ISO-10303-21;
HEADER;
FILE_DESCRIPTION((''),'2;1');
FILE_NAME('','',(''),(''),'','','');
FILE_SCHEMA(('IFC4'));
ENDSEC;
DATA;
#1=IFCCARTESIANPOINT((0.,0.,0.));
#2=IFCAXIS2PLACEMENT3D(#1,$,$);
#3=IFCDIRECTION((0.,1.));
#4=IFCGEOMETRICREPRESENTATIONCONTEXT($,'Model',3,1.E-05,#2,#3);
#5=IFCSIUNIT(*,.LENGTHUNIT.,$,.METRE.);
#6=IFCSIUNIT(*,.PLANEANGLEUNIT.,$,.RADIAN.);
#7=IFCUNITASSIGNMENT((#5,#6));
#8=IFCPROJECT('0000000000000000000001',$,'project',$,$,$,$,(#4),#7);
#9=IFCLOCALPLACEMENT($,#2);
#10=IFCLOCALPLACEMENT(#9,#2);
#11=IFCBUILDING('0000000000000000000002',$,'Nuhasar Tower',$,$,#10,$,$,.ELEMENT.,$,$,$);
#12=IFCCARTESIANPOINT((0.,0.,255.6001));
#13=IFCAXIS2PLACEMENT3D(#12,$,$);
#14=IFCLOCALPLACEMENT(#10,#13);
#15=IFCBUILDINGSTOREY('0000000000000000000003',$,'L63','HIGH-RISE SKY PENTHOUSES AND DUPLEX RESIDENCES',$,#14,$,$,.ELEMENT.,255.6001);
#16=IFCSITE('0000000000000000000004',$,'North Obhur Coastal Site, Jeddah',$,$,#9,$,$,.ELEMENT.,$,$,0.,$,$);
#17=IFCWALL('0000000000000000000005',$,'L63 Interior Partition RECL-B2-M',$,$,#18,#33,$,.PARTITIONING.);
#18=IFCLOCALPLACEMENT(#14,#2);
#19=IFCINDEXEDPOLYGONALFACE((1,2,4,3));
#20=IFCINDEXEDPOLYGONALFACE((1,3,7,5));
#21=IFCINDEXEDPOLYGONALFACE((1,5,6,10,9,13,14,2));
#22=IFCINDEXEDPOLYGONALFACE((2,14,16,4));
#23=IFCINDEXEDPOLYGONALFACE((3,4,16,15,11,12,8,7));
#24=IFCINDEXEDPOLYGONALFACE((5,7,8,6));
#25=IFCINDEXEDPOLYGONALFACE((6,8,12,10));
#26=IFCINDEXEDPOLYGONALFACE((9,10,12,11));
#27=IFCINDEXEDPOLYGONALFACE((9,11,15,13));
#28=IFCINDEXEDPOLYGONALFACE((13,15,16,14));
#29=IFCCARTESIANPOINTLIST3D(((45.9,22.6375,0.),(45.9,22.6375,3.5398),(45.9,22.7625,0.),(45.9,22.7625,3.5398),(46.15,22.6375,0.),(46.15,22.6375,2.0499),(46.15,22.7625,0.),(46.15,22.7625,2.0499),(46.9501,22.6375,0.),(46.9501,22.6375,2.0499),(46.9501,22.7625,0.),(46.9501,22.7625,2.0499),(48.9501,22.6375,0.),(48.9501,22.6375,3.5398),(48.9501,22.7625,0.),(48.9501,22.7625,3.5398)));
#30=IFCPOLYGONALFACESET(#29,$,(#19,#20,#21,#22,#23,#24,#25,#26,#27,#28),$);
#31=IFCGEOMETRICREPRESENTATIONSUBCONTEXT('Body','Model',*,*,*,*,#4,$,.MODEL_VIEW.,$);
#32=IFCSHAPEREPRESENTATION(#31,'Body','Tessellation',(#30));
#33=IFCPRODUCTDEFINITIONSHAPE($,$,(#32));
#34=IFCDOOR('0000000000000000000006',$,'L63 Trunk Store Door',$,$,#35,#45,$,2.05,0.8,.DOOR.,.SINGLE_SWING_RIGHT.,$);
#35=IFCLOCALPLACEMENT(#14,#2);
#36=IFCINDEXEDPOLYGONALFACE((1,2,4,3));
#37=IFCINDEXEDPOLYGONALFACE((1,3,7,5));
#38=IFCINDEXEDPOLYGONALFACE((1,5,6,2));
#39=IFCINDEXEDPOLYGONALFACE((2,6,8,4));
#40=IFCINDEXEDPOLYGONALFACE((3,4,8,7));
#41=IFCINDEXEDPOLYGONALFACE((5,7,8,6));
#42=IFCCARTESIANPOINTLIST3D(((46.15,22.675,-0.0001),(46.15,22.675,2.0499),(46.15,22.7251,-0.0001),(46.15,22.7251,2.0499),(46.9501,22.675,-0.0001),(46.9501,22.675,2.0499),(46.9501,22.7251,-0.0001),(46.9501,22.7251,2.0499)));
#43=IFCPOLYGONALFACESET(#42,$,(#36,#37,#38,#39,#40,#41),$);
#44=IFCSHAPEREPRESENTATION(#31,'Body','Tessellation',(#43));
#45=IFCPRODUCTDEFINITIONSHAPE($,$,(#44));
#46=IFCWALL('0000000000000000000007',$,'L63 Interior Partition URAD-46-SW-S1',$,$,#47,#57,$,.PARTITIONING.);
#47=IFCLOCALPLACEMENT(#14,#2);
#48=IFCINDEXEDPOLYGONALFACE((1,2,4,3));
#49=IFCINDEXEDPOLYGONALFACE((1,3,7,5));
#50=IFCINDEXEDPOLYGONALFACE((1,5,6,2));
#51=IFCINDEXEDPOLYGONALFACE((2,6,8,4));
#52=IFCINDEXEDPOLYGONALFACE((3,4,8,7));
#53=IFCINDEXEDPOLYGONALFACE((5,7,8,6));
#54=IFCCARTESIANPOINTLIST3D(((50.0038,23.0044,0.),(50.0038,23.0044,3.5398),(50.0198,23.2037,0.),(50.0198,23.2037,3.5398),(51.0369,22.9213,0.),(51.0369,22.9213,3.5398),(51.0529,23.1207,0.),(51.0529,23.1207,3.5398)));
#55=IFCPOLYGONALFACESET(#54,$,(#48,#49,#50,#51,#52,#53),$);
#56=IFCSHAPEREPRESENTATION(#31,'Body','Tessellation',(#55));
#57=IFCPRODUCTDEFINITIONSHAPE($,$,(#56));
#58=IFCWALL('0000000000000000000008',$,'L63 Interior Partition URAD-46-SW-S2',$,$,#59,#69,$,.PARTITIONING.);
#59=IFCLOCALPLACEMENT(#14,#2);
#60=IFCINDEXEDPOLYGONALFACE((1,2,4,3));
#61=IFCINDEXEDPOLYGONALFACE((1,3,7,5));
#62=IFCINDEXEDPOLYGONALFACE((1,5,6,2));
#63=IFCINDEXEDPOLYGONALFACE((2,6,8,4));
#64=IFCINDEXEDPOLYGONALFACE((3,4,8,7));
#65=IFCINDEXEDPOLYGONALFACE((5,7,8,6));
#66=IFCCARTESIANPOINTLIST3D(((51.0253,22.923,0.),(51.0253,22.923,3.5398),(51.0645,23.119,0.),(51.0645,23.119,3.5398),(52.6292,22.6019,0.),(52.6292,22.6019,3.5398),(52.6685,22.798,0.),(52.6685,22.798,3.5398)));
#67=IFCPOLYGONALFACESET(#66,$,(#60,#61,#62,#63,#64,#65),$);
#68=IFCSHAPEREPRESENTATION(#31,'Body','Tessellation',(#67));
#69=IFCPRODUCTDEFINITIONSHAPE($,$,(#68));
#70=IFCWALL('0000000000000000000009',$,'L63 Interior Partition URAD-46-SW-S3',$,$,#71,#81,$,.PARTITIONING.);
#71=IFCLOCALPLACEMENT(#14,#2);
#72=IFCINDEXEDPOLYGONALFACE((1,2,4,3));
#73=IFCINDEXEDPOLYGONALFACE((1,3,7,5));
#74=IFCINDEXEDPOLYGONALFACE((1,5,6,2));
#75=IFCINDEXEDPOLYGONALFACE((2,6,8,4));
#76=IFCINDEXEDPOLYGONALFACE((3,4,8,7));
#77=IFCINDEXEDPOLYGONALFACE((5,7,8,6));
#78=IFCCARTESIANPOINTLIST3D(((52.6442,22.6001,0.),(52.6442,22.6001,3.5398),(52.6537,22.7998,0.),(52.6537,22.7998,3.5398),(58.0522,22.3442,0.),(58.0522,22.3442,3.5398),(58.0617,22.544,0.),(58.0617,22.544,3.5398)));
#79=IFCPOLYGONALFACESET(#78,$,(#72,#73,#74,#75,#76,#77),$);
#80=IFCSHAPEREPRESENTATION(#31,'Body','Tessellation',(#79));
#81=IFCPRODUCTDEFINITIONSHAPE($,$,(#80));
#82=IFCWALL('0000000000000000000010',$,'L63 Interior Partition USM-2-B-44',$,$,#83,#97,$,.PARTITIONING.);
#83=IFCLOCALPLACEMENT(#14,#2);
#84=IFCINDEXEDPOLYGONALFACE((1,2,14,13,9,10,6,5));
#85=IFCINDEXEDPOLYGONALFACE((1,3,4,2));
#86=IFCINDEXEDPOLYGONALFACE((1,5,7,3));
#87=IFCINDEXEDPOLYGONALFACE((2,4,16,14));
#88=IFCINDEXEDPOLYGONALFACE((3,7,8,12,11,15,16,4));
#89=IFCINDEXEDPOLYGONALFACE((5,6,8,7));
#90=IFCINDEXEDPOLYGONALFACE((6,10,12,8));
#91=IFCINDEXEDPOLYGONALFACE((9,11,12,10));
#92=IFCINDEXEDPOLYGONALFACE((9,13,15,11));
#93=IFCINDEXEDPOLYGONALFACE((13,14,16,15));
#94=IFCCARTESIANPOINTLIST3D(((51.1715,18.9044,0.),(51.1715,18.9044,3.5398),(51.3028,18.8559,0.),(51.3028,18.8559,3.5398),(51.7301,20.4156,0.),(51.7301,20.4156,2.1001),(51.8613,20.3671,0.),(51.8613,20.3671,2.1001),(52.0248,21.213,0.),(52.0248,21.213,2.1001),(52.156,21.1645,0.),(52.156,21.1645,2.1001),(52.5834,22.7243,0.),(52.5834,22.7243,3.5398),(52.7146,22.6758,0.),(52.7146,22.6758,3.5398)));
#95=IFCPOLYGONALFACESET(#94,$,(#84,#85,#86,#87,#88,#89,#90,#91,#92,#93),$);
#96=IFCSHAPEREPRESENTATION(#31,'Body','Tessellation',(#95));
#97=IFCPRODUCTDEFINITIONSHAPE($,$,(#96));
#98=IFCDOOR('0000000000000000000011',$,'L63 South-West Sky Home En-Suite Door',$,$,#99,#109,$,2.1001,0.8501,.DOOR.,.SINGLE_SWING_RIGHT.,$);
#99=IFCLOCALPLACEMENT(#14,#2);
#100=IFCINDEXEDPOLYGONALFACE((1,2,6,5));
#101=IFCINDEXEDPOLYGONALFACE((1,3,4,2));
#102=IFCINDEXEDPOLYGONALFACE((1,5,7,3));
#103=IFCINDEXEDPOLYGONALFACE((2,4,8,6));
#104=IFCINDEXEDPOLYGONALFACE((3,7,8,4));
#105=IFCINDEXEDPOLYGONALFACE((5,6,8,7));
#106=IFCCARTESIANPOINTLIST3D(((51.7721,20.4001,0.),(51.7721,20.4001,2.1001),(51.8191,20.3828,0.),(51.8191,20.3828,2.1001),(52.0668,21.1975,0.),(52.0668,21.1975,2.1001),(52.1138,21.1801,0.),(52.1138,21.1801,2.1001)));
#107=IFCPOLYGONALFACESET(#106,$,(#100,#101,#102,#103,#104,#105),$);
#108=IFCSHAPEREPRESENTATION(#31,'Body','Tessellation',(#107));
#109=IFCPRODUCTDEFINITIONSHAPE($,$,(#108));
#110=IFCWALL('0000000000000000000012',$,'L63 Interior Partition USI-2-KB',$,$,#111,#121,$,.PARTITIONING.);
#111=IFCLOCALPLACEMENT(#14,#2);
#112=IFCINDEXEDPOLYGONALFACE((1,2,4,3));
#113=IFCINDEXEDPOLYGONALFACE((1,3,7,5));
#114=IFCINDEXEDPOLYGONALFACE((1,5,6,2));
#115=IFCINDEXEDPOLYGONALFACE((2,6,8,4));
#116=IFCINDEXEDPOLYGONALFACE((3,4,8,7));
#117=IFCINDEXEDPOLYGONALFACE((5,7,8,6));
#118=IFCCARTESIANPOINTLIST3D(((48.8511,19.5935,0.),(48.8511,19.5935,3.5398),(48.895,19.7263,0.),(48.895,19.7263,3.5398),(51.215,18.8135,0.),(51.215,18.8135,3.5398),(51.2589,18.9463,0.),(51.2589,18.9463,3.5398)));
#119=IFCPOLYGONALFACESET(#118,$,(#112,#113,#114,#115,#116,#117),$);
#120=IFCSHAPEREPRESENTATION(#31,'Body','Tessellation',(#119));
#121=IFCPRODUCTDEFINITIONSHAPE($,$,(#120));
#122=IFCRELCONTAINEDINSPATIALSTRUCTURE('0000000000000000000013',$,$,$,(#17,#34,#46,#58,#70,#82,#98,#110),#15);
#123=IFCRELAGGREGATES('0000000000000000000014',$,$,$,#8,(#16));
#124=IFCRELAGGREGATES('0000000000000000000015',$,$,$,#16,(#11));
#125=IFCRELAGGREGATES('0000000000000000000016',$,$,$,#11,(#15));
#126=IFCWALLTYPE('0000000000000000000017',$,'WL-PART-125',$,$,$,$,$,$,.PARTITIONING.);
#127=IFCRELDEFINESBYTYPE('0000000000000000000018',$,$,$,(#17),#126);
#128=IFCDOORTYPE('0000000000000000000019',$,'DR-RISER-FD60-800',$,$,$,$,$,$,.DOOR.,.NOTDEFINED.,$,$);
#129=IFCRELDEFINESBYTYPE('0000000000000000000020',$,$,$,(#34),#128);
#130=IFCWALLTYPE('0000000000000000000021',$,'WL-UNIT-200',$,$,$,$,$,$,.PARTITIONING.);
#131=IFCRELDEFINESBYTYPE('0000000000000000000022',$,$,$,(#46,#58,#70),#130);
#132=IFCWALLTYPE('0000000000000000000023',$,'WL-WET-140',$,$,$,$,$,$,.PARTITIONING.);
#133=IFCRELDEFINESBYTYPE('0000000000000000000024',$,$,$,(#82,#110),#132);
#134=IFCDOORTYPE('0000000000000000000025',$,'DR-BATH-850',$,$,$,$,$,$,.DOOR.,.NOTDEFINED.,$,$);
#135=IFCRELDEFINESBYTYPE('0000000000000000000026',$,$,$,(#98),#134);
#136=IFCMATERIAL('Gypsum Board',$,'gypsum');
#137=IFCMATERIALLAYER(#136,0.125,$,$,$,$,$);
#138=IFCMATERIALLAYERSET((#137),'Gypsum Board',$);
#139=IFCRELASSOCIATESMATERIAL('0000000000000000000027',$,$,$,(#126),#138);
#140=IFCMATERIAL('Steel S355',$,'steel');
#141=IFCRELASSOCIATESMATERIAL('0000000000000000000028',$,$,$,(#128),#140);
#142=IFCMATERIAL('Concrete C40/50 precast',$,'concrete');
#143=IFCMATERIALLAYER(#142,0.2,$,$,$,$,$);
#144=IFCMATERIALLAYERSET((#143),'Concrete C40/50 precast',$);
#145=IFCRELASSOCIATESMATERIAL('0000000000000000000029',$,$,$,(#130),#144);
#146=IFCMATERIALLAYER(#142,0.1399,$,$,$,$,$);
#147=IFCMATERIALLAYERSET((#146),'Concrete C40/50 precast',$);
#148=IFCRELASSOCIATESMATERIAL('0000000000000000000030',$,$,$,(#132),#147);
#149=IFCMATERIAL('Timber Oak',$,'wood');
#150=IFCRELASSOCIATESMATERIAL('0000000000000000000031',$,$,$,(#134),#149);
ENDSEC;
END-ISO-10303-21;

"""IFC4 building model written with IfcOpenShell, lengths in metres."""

from ifc_helpers import new_model, si_unit, direction, frame, frame_2d, origin, place, context, subcontext, project, spatial, rectangle, extrude, material, layer, layer_set, type_object, element, fill, save


model = new_model("IFC4")

# Units and contexts
model_context = context("Model", 3, precision=1e-05, world=origin(), true_north=direction((0.0, 1.0)))
body_context = subcontext(model_context, "Body", "Model", "MODEL_VIEW")
ifc_project = project(units=[si_unit("LENGTHUNIT", "METRE"), si_unit("PLANEANGLEUNIT", "RADIAN")], contexts=[model_context])

# Site, building, storey
site_placement = place(None, origin())
site = spatial("IfcSite", under=ifc_project, at=site_placement, Name="North Obhur Coastal Site, Jeddah", CompositionType="ELEMENT", RefElevation=0.0)
building_placement = place(site_placement, origin())
building = spatial("IfcBuilding", under=site, at=building_placement, Name="Nuhasar Tower", CompositionType="ELEMENT")
storey_placement = place(building_placement, frame((0.0, 0.0, 255.6001)))
storey = spatial("IfcBuildingStorey", under=building, at=storey_placement, Name="L63", Description="HIGH-RISE SKY PENTHOUSES AND DUPLEX RESIDENCES", CompositionType="ELEMENT", Elevation=255.6001)

# Shared definitions
ifc_material_1 = material(Name="Steel S355", Category="steel")

# Shared definitions
ifc_material_2 = material(Name="Gypsum Board", Category="gypsum")

# Shared definitions
ifc_material_3 = material(Name="Timber Oak", Category="wood")

# Wall, opening, door
ifc_layer_1 = layer(ifc_material_2, 0.125)
ifc_layer_set_1 = layer_set([ifc_layer_1], Name="Gypsum Board")
wall_type_1 = type_object("IfcWallType", Name="WL-PART-125", PredefinedType="PARTITIONING", material=ifc_layer_set_1)
wall_1_placement = place(storey_placement, frame((48.95, 22.7, 0.0), z_axis=(0.0, 0.0, 1.0), x_axis=(-1.0, 0.0, 0.0)))
wall_1 = element("IfcWall", 1, at=wall_1_placement, inside=storey, type_object=wall_type_1, Name="L63 Interior Partition RECL-B2-M", PredefinedType="PARTITIONING", context=body_context, shape_type="SweptSolid", body=[
    extrude(rectangle(XDim=3.05, YDim=0.125, at=frame_2d((1.5249, 0.0))), origin(), (0.0, 0.0, 1.0), 3.5398),
])
opening_1_placement = place(wall_1_placement, frame((2.0, 0.0, 0.0)))
opening_1 = element("IfcOpeningElement", 2, at=opening_1_placement, cuts=wall_1, PredefinedType="OPENING", context=body_context, shape_type="SweptSolid", body=[
    extrude(rectangle(XDim=0.8, YDim=2.05, at=frame_2d((0.3999, 1.0249))), frame((0.0, 0.0725, 0.0), z_axis=(0.0, -1.0, 0.0), x_axis=(1.0, 0.0, 0.0)), (0.0, 0.0, 1.0), 0.145),
])
door_type_1 = type_object("IfcDoorType", Name="DR-RISER-FD60-800", OperationType="NOTDEFINED", PredefinedType="DOOR", material=ifc_material_1)
door_1_placement = place(opening_1_placement, origin())
door_1 = element("IfcDoor", 3, at=door_1_placement, inside=storey, type_object=door_type_1, Name="L63 Trunk Store Door", OperationType="SINGLE_SWING_RIGHT", OverallHeight=2.05, OverallWidth=0.8, PredefinedType="DOOR", context=body_context, shape_type="SweptSolid", body=[
    extrude(rectangle(XDim=0.8, YDim=2.05, at=frame_2d((0.3999, 1.0249))), frame((0.0, 0.0249, 0.0), z_axis=(0.0, -1.0, 0.0), x_axis=(1.0, 0.0, 0.0)), (0.0, 0.0, 1.0), 0.05),
])
fill(opening_1, door_1)

# Walls
ifc_material_4 = material(Name="Concrete C40/50 precast", Category="concrete")
ifc_layer_2 = layer(ifc_material_4, 0.2)
ifc_layer_set_2 = layer_set([ifc_layer_2], Name="Concrete C40/50 precast")
wall_type_2 = type_object("IfcWallType", Name="WL-UNIT-200", PredefinedType="PARTITIONING", material=ifc_layer_set_2)
wall_2_placement = place(storey_placement, frame((50.012, 23.104, 0.0), z_axis=(0.0, 0.0, 1.0), x_axis=(0.996787, -0.080101, 0.0)))
element("IfcWall", 4, at=wall_2_placement, inside=storey, type_object=wall_type_2, Name="L63 Interior Partition URAD-46-SW-S1", PredefinedType="PARTITIONING", context=body_context, shape_type="SweptSolid", body=[
    extrude(rectangle(XDim=1.0364, YDim=0.2, at=frame_2d((0.5181, 0.0))), origin(), (0.0, 0.0, 1.0), 3.5398),
])
wall_3_placement = place(storey_placement, frame((51.0449, 23.021, 0.0), z_axis=(0.0, 0.0, 1.0), x_axis=(0.980552, -0.19626, 0.0)))
element("IfcWall", 5, at=wall_3_placement, inside=storey, type_object=wall_type_2, Name="L63 Interior Partition URAD-46-SW-S2", PredefinedType="PARTITIONING", context=body_context, shape_type="SweptSolid", body=[
    extrude(rectangle(XDim=1.6357, YDim=0.2, at=frame_2d((0.8179, 0.0))), origin(), (0.0, 0.0, 1.0), 3.5398),
])
wall_4_placement = place(storey_placement, frame((52.6489, 22.7, 0.0), z_axis=(0.0, 0.0, 1.0), x_axis=(0.998883, -0.047259, 0.0)))
element("IfcWall", 6, at=wall_4_placement, inside=storey, type_object=wall_type_2, Name="L63 Interior Partition URAD-46-SW-S3", PredefinedType="PARTITIONING", context=body_context, shape_type="SweptSolid", body=[
    extrude(rectangle(XDim=5.4141, YDim=0.2, at=frame_2d((2.707, 0.0))), origin(), (0.0, 0.0, 1.0), 3.5398),
])

# Wall, opening, door
ifc_layer_3 = layer(ifc_material_4, 0.1399)
ifc_layer_set_3 = layer_set([ifc_layer_3], Name="Concrete C40/50 precast")
wall_type_3 = type_object("IfcWallType", Name="WL-WET-140", PredefinedType="PARTITIONING", material=ifc_layer_set_3)
wall_5_placement = place(storey_placement, frame((52.6489, 22.7, 0.0), z_axis=(0.0, 0.0, 1.0), x_axis=(-0.346672, -0.937986, 0.0)))
wall_5 = element("IfcWall", 7, at=wall_5_placement, inside=storey, type_object=wall_type_3, Name="L63 Interior Partition USM-2-B-44", PredefinedType="PARTITIONING", context=body_context, shape_type="SweptSolid", body=[
    extrude(rectangle(XDim=4.0725, YDim=0.1399, at=frame_2d((2.0361, 0.0))), origin(), (0.0, 0.0, 1.0), 3.5398),
])
opening_2_placement = place(wall_5_placement, frame((1.6111, 0.0, 0.0)))
opening_2 = element("IfcOpeningElement", 8, at=opening_2_placement, cuts=wall_5, PredefinedType="OPENING", context=body_context, shape_type="SweptSolid", body=[
    extrude(rectangle(XDim=0.8501, YDim=2.1001, at=frame_2d((0.425, 1.05))), frame((0.0, 0.0801, 0.0), z_axis=(0.0, -1.0, 0.0), x_axis=(1.0, 0.0, 0.0)), (0.0, 0.0, 1.0), 0.1599),
])
door_type_2 = type_object("IfcDoorType", Name="DR-BATH-850", OperationType="NOTDEFINED", PredefinedType="DOOR", material=ifc_material_3)
door_2_placement = place(opening_2_placement, origin())
door_2 = element("IfcDoor", 9, at=door_2_placement, inside=storey, type_object=door_type_2, Name="L63 South-West Sky Home En-Suite Door", OperationType="SINGLE_SWING_RIGHT", OverallHeight=2.1001, OverallWidth=0.8501, PredefinedType="DOOR", context=body_context, shape_type="SweptSolid", body=[
    extrude(rectangle(XDim=0.8501, YDim=2.1001, at=frame_2d((0.425, 1.05))), frame((0.0, 0.0249, 0.0), z_axis=(0.0, -1.0, 0.0), x_axis=(1.0, 0.0, 0.0)), (0.0, 0.0, 1.0), 0.05),
])
fill(opening_2, door_2)

# Wall
wall_6_placement = place(storey_placement, frame((48.873, 19.6599, 0.0), z_axis=(0.0, 0.0, 1.0), x_axis=(0.94964, -0.313343, 0.0)))
element("IfcWall", 10, at=wall_6_placement, inside=storey, type_object=wall_type_3, Name="L63 Interior Partition USI-2-KB", PredefinedType="PARTITIONING", context=body_context, shape_type="SweptSolid", body=[
    extrude(rectangle(XDim=2.4893, YDim=0.1399, at=frame_2d((1.2446, 0.0))), origin(), (0.0, 0.0, 1.0), 3.5398),
])

save(model, "model.ifc")
